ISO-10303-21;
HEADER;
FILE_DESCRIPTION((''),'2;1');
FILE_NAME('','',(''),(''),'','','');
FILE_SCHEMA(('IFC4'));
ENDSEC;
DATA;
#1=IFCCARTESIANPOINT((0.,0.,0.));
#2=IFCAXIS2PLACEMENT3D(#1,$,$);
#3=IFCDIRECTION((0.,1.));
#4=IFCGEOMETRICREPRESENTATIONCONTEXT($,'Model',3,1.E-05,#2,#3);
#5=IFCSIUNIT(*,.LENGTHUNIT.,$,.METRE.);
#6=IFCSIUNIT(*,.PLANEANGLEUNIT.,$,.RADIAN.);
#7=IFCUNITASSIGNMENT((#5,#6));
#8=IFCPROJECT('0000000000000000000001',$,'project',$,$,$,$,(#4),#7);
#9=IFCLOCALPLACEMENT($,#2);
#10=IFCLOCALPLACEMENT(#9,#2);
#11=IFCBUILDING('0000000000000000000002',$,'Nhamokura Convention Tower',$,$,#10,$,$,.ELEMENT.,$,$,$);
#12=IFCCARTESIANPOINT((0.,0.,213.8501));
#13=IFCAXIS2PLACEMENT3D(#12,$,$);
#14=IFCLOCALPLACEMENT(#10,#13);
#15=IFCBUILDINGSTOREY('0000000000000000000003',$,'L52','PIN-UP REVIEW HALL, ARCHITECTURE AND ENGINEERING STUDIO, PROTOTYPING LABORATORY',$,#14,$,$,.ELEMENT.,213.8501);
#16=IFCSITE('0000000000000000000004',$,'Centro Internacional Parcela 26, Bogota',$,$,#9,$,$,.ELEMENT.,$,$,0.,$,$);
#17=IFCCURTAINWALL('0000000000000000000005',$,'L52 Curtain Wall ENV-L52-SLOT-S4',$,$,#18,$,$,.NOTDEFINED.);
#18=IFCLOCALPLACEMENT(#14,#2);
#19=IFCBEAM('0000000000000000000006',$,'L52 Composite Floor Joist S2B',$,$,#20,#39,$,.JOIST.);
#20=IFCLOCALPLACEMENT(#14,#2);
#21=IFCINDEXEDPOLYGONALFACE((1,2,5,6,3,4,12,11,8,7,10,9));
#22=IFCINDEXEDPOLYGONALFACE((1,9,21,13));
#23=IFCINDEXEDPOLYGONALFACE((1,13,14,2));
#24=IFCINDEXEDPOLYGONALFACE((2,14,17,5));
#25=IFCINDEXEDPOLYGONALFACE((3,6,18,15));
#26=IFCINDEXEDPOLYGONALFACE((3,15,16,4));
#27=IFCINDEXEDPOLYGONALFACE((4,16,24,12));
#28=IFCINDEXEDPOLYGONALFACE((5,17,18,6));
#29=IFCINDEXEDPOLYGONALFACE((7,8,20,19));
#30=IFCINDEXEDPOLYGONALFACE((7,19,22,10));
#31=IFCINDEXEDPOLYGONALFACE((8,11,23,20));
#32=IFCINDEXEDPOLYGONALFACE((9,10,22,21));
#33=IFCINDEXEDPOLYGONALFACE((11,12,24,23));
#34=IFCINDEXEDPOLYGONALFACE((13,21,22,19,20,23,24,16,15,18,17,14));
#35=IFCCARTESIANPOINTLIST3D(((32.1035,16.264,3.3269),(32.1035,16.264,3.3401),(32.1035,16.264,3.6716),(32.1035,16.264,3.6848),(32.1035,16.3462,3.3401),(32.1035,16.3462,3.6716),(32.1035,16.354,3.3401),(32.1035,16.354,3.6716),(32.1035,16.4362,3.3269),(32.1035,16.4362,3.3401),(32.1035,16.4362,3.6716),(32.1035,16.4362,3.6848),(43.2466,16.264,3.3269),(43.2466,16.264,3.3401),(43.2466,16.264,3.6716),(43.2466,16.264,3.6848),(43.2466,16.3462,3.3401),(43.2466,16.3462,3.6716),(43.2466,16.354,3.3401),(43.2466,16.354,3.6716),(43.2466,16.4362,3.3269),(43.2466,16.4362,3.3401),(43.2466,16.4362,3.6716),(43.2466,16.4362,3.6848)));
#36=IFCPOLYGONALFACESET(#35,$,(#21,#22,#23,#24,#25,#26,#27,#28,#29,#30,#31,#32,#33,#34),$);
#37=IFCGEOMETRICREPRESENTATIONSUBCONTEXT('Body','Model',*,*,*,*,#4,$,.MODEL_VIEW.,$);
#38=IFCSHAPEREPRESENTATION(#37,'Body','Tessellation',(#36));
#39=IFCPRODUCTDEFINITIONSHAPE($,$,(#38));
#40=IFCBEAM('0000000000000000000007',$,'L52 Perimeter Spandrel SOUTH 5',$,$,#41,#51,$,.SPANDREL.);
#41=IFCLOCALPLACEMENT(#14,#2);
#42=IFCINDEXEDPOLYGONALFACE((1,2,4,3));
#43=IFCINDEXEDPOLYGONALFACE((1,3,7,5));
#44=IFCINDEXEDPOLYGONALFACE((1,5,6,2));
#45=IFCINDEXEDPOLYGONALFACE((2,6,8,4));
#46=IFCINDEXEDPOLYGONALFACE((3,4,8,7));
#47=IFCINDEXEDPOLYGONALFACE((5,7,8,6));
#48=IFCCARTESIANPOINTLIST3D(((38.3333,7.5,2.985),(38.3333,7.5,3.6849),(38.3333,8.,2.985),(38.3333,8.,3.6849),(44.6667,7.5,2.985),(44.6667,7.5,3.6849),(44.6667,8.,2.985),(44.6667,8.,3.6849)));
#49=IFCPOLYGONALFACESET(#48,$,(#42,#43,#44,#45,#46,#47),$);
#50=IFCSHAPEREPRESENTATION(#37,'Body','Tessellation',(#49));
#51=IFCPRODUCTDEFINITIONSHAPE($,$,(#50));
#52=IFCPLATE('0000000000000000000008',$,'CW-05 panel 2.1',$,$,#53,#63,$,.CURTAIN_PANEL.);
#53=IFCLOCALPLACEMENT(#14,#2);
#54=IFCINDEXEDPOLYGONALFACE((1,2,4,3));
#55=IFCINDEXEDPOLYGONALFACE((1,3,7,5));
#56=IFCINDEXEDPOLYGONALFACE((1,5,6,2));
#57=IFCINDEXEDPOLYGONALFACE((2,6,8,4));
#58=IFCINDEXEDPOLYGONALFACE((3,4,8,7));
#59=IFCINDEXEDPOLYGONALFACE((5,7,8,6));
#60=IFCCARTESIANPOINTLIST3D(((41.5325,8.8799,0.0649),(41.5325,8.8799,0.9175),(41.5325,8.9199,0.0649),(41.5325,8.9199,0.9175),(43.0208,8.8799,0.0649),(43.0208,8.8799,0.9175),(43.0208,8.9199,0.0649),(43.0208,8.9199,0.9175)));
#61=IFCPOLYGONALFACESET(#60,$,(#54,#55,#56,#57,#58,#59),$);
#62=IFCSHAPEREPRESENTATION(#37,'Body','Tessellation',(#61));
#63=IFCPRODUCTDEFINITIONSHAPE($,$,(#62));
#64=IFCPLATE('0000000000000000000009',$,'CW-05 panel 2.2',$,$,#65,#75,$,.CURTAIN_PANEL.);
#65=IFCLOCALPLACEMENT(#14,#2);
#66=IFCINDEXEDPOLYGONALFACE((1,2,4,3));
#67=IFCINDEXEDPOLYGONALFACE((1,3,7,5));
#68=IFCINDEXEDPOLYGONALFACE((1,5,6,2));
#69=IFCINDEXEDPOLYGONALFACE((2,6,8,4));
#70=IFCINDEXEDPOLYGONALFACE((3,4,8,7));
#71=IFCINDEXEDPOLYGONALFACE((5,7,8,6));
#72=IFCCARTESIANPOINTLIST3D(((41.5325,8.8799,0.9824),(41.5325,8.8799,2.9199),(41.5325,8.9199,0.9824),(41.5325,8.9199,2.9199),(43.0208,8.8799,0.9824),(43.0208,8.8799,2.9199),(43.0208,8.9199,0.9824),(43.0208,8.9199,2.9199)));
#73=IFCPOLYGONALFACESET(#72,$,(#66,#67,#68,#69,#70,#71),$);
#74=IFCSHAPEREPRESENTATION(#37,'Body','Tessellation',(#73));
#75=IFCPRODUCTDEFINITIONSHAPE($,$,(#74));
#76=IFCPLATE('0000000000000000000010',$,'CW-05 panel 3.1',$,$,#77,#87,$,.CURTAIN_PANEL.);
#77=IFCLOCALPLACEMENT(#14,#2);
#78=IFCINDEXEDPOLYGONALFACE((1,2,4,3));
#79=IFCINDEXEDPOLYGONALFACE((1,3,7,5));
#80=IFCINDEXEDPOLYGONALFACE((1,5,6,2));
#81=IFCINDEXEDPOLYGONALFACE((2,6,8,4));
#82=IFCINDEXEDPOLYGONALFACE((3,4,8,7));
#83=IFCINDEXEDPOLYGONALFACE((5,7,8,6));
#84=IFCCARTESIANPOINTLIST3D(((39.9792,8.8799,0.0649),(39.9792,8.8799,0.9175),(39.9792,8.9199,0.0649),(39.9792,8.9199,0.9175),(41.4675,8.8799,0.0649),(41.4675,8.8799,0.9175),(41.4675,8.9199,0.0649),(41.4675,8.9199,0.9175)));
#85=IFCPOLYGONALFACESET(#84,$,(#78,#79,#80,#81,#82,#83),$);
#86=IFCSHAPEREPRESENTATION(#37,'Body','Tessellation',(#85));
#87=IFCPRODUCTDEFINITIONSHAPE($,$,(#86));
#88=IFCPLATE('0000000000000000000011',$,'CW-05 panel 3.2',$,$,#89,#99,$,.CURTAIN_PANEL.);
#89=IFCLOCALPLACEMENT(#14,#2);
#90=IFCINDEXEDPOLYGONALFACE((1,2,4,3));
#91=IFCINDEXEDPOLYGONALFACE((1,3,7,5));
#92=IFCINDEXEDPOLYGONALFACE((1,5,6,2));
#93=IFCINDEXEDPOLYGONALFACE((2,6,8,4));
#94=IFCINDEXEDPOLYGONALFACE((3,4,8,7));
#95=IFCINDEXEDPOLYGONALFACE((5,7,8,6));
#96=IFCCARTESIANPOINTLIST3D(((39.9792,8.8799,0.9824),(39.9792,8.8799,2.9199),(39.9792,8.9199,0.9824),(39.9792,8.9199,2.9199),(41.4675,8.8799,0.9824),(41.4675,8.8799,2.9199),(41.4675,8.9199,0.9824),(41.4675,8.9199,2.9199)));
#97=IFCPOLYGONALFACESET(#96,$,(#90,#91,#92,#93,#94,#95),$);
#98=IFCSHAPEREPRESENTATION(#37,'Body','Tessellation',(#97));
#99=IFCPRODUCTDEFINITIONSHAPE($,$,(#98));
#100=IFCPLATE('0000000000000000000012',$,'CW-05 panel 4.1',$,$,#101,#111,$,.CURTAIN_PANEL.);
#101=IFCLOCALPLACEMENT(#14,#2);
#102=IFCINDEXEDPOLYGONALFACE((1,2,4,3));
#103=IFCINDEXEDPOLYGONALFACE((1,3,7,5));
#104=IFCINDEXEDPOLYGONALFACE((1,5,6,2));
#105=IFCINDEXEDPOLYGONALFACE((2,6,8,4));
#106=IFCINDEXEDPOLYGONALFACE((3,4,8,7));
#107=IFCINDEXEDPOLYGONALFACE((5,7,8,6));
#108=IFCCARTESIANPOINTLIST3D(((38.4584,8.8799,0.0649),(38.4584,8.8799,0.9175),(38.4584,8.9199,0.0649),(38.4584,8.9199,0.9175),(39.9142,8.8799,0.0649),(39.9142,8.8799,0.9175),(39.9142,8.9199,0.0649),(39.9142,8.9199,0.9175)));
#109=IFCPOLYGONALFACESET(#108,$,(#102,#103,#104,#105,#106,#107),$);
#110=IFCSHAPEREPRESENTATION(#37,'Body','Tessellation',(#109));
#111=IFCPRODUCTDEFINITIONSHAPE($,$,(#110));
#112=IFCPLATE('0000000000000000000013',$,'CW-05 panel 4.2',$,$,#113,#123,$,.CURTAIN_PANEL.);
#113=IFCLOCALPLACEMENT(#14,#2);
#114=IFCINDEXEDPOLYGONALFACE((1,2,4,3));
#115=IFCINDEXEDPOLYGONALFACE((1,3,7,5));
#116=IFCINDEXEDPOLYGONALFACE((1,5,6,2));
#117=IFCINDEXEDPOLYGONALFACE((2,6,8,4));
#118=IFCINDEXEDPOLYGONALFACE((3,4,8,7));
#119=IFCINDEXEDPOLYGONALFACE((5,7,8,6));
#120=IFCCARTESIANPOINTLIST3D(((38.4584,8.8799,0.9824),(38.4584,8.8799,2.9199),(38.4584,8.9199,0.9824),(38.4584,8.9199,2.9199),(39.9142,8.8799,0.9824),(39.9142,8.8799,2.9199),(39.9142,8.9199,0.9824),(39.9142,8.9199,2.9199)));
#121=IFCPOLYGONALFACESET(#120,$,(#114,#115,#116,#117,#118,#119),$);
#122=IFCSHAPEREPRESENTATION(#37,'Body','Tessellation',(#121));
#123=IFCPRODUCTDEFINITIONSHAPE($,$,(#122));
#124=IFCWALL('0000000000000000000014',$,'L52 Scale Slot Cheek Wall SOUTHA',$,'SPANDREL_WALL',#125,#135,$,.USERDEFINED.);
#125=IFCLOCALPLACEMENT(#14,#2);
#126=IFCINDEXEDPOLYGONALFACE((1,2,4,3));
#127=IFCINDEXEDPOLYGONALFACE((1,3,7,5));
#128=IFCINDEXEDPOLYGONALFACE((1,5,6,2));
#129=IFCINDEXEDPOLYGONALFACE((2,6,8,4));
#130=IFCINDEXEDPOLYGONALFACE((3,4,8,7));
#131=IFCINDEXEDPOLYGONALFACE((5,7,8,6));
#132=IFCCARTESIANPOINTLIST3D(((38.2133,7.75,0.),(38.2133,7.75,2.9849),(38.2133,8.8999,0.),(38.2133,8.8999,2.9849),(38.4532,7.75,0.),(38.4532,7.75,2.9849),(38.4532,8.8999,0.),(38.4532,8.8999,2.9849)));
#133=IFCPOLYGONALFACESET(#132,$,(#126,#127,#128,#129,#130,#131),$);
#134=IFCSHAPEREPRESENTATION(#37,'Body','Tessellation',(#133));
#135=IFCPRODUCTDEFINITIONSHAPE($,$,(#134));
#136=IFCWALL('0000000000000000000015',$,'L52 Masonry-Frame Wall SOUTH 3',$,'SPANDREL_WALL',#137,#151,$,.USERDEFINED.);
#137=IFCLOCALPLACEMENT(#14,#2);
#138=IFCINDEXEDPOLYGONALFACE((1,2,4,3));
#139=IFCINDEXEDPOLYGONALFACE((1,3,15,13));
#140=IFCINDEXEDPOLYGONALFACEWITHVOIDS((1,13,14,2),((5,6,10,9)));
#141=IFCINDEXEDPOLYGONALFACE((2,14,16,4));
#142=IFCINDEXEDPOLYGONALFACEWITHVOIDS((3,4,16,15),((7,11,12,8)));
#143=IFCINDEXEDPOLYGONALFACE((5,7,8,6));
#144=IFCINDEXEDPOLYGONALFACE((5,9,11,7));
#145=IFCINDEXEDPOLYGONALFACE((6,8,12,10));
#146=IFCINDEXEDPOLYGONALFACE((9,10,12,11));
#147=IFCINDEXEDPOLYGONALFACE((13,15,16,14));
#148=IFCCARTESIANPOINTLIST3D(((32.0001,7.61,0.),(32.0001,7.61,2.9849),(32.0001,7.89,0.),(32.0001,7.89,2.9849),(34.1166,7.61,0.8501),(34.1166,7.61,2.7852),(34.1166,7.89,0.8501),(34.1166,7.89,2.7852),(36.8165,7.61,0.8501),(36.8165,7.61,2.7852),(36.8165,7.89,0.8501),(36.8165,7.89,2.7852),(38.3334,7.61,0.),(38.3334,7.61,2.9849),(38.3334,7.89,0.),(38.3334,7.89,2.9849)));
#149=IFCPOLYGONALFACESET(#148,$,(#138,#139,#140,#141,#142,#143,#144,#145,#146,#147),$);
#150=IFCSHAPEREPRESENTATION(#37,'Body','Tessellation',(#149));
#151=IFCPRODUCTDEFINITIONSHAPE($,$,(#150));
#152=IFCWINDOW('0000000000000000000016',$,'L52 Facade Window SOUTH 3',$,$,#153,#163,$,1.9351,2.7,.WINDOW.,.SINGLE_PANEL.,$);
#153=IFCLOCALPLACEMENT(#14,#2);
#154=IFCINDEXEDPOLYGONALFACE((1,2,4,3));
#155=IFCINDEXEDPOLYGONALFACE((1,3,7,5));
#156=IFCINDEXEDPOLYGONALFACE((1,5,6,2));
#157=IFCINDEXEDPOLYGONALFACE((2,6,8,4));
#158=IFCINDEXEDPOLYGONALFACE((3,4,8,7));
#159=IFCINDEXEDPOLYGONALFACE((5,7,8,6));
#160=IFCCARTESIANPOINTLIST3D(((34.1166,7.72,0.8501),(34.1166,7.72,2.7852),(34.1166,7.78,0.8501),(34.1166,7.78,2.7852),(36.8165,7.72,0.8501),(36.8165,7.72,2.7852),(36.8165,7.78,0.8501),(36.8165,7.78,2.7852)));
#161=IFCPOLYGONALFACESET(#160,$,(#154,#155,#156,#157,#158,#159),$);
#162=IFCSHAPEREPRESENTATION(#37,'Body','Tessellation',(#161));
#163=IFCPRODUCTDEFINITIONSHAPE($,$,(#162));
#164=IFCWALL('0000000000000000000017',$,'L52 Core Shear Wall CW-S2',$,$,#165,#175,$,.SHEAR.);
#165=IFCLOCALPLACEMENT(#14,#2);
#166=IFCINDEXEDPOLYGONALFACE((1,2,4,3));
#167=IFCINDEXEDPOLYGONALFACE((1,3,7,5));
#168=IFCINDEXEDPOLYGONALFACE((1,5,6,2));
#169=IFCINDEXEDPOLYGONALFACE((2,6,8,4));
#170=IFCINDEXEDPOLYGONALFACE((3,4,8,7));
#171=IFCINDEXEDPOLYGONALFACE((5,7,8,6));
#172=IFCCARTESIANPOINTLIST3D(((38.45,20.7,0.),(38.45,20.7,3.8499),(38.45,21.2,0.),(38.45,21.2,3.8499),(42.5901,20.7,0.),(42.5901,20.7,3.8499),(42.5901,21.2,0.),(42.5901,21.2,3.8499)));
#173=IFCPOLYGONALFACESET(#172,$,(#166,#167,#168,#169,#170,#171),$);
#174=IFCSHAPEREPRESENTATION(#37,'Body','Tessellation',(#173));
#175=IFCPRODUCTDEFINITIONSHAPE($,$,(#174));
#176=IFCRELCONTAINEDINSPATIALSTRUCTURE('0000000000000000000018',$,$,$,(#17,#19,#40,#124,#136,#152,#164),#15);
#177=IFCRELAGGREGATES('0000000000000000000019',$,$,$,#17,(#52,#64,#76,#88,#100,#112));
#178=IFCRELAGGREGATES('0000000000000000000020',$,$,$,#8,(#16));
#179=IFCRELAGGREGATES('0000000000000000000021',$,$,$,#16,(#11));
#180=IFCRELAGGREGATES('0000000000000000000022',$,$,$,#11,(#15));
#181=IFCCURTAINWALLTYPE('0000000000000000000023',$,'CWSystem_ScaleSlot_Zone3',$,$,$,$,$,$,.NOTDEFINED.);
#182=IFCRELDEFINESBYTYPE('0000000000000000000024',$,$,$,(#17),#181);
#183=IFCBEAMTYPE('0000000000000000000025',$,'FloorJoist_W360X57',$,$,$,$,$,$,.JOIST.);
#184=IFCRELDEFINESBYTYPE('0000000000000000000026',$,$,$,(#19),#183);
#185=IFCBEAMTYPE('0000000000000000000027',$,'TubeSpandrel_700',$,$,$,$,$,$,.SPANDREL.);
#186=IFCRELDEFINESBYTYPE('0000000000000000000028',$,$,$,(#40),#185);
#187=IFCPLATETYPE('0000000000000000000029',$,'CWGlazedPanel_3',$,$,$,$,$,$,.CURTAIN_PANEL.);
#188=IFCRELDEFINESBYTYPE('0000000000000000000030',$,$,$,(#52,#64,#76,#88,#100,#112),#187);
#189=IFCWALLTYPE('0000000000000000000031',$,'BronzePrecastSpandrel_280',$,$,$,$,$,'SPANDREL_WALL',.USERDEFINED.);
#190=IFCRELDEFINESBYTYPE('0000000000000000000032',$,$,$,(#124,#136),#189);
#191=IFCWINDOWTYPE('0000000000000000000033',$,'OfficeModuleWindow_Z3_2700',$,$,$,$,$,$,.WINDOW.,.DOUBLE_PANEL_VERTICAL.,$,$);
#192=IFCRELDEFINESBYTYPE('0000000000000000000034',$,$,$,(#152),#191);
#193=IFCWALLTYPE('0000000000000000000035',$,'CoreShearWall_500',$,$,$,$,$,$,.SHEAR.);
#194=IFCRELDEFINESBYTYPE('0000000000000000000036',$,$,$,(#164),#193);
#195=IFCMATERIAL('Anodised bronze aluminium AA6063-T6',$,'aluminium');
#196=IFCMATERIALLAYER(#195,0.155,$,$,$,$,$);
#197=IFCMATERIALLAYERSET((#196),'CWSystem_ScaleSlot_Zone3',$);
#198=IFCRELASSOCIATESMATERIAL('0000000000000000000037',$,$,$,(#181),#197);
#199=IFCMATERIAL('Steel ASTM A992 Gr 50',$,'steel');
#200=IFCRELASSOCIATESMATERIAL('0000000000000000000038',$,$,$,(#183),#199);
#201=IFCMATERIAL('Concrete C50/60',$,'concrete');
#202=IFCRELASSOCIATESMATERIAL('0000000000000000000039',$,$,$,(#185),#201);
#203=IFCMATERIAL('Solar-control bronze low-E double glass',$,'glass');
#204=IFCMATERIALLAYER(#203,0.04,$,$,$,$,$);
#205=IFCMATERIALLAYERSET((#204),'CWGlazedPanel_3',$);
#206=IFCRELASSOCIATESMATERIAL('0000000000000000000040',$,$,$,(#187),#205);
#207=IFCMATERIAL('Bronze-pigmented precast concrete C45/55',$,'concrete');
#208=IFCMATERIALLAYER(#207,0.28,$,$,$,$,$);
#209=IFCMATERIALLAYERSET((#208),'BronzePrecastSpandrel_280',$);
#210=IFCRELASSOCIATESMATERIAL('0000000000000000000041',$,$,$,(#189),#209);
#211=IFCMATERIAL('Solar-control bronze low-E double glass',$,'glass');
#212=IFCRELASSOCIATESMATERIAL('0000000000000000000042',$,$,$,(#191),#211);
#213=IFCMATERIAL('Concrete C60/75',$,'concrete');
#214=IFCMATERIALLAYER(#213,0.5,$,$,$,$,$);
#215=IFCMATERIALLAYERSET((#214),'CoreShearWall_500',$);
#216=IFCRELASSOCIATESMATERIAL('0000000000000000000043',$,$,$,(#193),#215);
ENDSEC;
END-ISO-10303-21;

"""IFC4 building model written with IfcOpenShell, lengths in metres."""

from ifc_helpers import new_model, si_unit, direction, frame, frame_2d, origin, origin_2d, place, context, subcontext, project, spatial, rectangle, i_section, extrude, material, layer, layer_set, material_profile, profile_set, type_object, element, fill, aggregate, save


model = new_model("IFC4")

# Units and contexts
model_context = context("Model", 3, precision=1e-05, world=origin(), true_north=direction((0.0, 1.0)))
body_context = subcontext(model_context, "Body", "Model", "MODEL_VIEW")
ifc_project = project(units=[si_unit("LENGTHUNIT", "METRE"), si_unit("PLANEANGLEUNIT", "RADIAN")], contexts=[model_context])

# Site, building, storey
site_placement = place(None, origin())
site = spatial("IfcSite", under=ifc_project, at=site_placement, Name="Centro Internacional Parcela 26, Bogota", CompositionType="ELEMENT", RefElevation=0.0)
building_placement = place(site_placement, origin())
building = spatial("IfcBuilding", under=site, at=building_placement, Name="Nhamokura Convention Tower", CompositionType="ELEMENT")
storey_placement = place(building_placement, frame((0.0, 0.0, 213.8501)))
storey = spatial("IfcBuildingStorey", under=building, at=storey_placement, Name="L52", Description="PIN-UP REVIEW HALL, ARCHITECTURE AND ENGINEERING STUDIO, PROTOTYPING LABORATORY", CompositionType="ELEMENT", Elevation=213.8501)

# Curtain wall
ifc_material_1 = material(Name="Anodised bronze aluminium AA6063-T6", Category="aluminium")
ifc_layer_1 = layer(ifc_material_1, 0.155)
ifc_layer_set_1 = layer_set([ifc_layer_1], Name="CWSystem_ScaleSlot_Zone3")
curtain_wall_type = type_object("IfcCurtainWallType", Name="CWSystem_ScaleSlot_Zone3", PredefinedType="NOTDEFINED", material=ifc_layer_set_1)
curtain_wall_placement = place(storey_placement, origin())
curtain_wall = element("IfcCurtainWall", 1, at=curtain_wall_placement, inside=storey, type_object=curtain_wall_type, Name="L52 Curtain Wall ENV-L52-SLOT-S4", PredefinedType="NOTDEFINED")

# Beams
ifc_material_2 = material(Name="Steel ASTM A992 Gr 50", Category="steel")
ifc_material_profile_1 = material_profile(ifc_material_2, i_section(OverallWidth=0.1721, OverallDepth=0.3579, WebThickness=0.0078, FlangeThickness=0.0132, at=origin_2d()))
ifc_profile_set_1 = profile_set([ifc_material_profile_1], Name="Steel ASTM A992 Gr 50")
beam_type_1 = type_object("IfcBeamType", Name="FloorJoist_W360X57", PredefinedType="JOIST", material=ifc_profile_set_1)
beam_1_placement = place(storey_placement, frame((32.1035, 16.3501, 3.5059), z_axis=(1.0, 0.0, 0.0), x_axis=(0.0, 1.0, 0.0)))
element("IfcBeam", 2, at=beam_1_placement, inside=storey, type_object=beam_type_1, Name="L52 Composite Floor Joist S2B", PredefinedType="JOIST", context=body_context, shape_type="SweptSolid", body=[
    extrude(i_section(OverallWidth=0.1721, OverallDepth=0.3579, WebThickness=0.0078, FlangeThickness=0.0132, at=origin_2d()), origin(), (0.0, 0.0, 1.0), 11.1431),
])
ifc_material_3 = material(Name="Concrete C50/60", Category="concrete")
ifc_material_profile_2 = material_profile(ifc_material_3, rectangle(XDim=0.5, YDim=0.7, at=origin_2d()))
ifc_profile_set_2 = profile_set([ifc_material_profile_2], Name="Concrete C50/60")
beam_type_2 = type_object("IfcBeamType", Name="TubeSpandrel_700", PredefinedType="SPANDREL", material=ifc_profile_set_2)
beam_2_placement = place(storey_placement, frame((38.3333, 7.75, 3.335), z_axis=(1.0, 0.0, 0.0), x_axis=(0.0, 1.0, 0.0)))
element("IfcBeam", 3, at=beam_2_placement, inside=storey, type_object=beam_type_2, Name="L52 Perimeter Spandrel SOUTH 5", PredefinedType="SPANDREL", context=body_context, shape_type="SweptSolid", body=[
    extrude(rectangle(XDim=0.5, YDim=0.7, at=origin_2d()), origin(), (0.0, 0.0, 1.0), 6.3335),
])

# Plates
ifc_material_4 = material(Name="Solar-control bronze low-E double glass", Category="glass")
ifc_layer_2 = layer(ifc_material_4, 0.04)
ifc_layer_set_2 = layer_set([ifc_layer_2], Name="CWGlazedPanel_3")
plate_type = type_object("IfcPlateType", Name="CWGlazedPanel_3", PredefinedType="CURTAIN_PANEL", material=ifc_layer_set_2)
plate_1_placement = place(storey_placement, frame((42.2766, 8.8999, 0.0649), z_axis=(0.0, 0.0, 1.0), x_axis=(-1.0, 0.0, 0.0)))
plate_1 = element("IfcPlate", 4, at=plate_1_placement, type_object=plate_type, Name="CW-05 panel 2.1", PredefinedType="CURTAIN_PANEL", context=body_context, shape_type="SweptSolid", body=[
    extrude(rectangle(XDim=1.4883, YDim=0.04, at=origin_2d()), origin(), (0.0, 0.0, 1.0), 0.8525),
])
plate_2_placement = place(storey_placement, frame((42.2766, 8.8999, 0.9824), z_axis=(0.0, 0.0, 1.0), x_axis=(-1.0, 0.0, 0.0)))
plate_2 = element("IfcPlate", 5, at=plate_2_placement, type_object=plate_type, Name="CW-05 panel 2.2", PredefinedType="CURTAIN_PANEL", context=body_context, shape_type="SweptSolid", body=[
    extrude(rectangle(XDim=1.4883, YDim=0.04, at=origin_2d()), origin(), (0.0, 0.0, 1.0), 1.9375),
])
plate_3_placement = place(storey_placement, frame((40.7234, 8.8999, 0.0649), z_axis=(0.0, 0.0, 1.0), x_axis=(-1.0, 0.0, 0.0)))
plate_3 = element("IfcPlate", 6, at=plate_3_placement, type_object=plate_type, Name="CW-05 panel 3.1", PredefinedType="CURTAIN_PANEL", context=body_context, shape_type="SweptSolid", body=[
    extrude(rectangle(XDim=1.4883, YDim=0.04, at=origin_2d()), origin(), (0.0, 0.0, 1.0), 0.8525),
])
plate_4_placement = place(storey_placement, frame((40.7234, 8.8999, 0.9824), z_axis=(0.0, 0.0, 1.0), x_axis=(-1.0, 0.0, 0.0)))
plate_4 = element("IfcPlate", 7, at=plate_4_placement, type_object=plate_type, Name="CW-05 panel 3.2", PredefinedType="CURTAIN_PANEL", context=body_context, shape_type="SweptSolid", body=[
    extrude(rectangle(XDim=1.4883, YDim=0.04, at=origin_2d()), origin(), (0.0, 0.0, 1.0), 1.9375),
])
plate_5_placement = place(storey_placement, frame((39.1863, 8.8999, 0.0649), z_axis=(0.0, 0.0, 1.0), x_axis=(-1.0, 0.0, 0.0)))
plate_5 = element("IfcPlate", 8, at=plate_5_placement, type_object=plate_type, Name="CW-05 panel 4.1", PredefinedType="CURTAIN_PANEL", context=body_context, shape_type="SweptSolid", body=[
    extrude(rectangle(XDim=1.4558, YDim=0.04, at=origin_2d()), origin(), (0.0, 0.0, 1.0), 0.8525),
])
plate_6_placement = place(storey_placement, frame((39.1863, 8.8999, 0.9824), z_axis=(0.0, 0.0, 1.0), x_axis=(-1.0, 0.0, 0.0)))
plate_6 = element("IfcPlate", 9, at=plate_6_placement, type_object=plate_type, Name="CW-05 panel 4.2", PredefinedType="CURTAIN_PANEL", context=body_context, shape_type="SweptSolid", body=[
    extrude(rectangle(XDim=1.4558, YDim=0.04, at=origin_2d()), origin(), (0.0, 0.0, 1.0), 1.9375),
])
aggregate(curtain_wall, [plate_1, plate_2, plate_3, plate_4, plate_5, plate_6])

# Wall
ifc_material_5 = material(Name="Bronze-pigmented precast concrete C45/55", Category="concrete")
ifc_layer_3 = layer(ifc_material_5, 0.28)
ifc_layer_set_3 = layer_set([ifc_layer_3], Name="BronzePrecastSpandrel_280")
wall_type_1 = type_object("IfcWallType", Name="BronzePrecastSpandrel_280", ElementType="SPANDREL_WALL", PredefinedType="USERDEFINED", material=ifc_layer_set_3)
wall_1_placement = place(storey_placement, frame((38.3333, 7.75, 0.0), z_axis=(0.0, 0.0, 1.0), x_axis=(0.0, 1.0, 0.0)))
element("IfcWall", 10, at=wall_1_placement, inside=storey, type_object=wall_type_1, Name="L52 Scale Slot Cheek Wall SOUTHA", ObjectType="SPANDREL_WALL", PredefinedType="USERDEFINED", context=body_context, shape_type="SweptSolid", body=[
    extrude(rectangle(XDim=1.1499, YDim=0.24, at=frame_2d((0.575, 0.0))), origin(), (0.0, 0.0, 1.0), 2.9849),
])

# Wall, opening, window
wall_2_placement = place(storey_placement, frame((38.3333, 7.75, 0.0), z_axis=(0.0, 0.0, 1.0), x_axis=(-1.0, 0.0, 0.0)))
wall_2 = element("IfcWall", 11, at=wall_2_placement, inside=storey, type_object=wall_type_1, Name="L52 Masonry-Frame Wall SOUTH 3", ObjectType="SPANDREL_WALL", PredefinedType="USERDEFINED", context=body_context, shape_type="SweptSolid", body=[
    extrude(rectangle(XDim=6.3333, YDim=0.28, at=frame_2d((3.1665, 0.0))), origin(), (0.0, 0.0, 1.0), 2.9849),
])
opening_1_placement = place(wall_2_placement, frame((1.5166, 0.0, 0.8501)))
opening_1 = element("IfcOpeningElement", 12, at=opening_1_placement, cuts=wall_2, PredefinedType="OPENING", context=body_context, shape_type="SweptSolid", body=[
    extrude(rectangle(XDim=2.7, YDim=1.9351, at=frame_2d((1.3501, 0.9675))), frame((0.0, 0.1499, 0.0), z_axis=(0.0, -1.0, 0.0), x_axis=(1.0, 0.0, 0.0)), (0.0, 0.0, 1.0), 0.3),
])
ifc_material_6 = material(Name="Solar-control bronze low-E double glass", Category="glass")
window_type = type_object("IfcWindowType", Name="OfficeModuleWindow_Z3_2700", PartitioningType="DOUBLE_PANEL_VERTICAL", PredefinedType="WINDOW", material=ifc_material_6)
window_placement = place(opening_1_placement, origin())
window = element("IfcWindow", 13, at=window_placement, inside=storey, type_object=window_type, Name="L52 Facade Window SOUTH 3", OverallHeight=1.9351, OverallWidth=2.7, PartitioningType="SINGLE_PANEL", PredefinedType="WINDOW", context=body_context, shape_type="SweptSolid", body=[
    extrude(rectangle(XDim=2.7, YDim=1.9351, at=frame_2d((1.3501, 0.9675))), frame((0.0, 0.03, 0.0), z_axis=(0.0, -1.0, 0.0), x_axis=(1.0, 0.0, 0.0)), (0.0, 0.0, 1.0), 0.0601),
])
fill(opening_1, window)

# Shared definitions
ifc_material_7 = material(Name="Concrete C60/75", Category="concrete")
ifc_layer_4 = layer(ifc_material_7, 0.5)
ifc_layer_set_4 = layer_set([ifc_layer_4], Name="CoreShearWall_500")
wall_type_2 = type_object("IfcWallType", Name="CoreShearWall_500", PredefinedType="SHEAR", material=ifc_layer_set_4)

# Wall
wall_3_placement = place(storey_placement, frame((38.45, 20.95, 0.0), z_axis=(0.0, 0.0, 1.0), x_axis=(1.0, 0.0, 0.0)))
element("IfcWall", 14, at=wall_3_placement, inside=storey, type_object=wall_type_2, Name="L52 Core Shear Wall CW-S2", PredefinedType="SHEAR", context=body_context, shape_type="SweptSolid", body=[
    extrude(rectangle(XDim=4.1401, YDim=0.5, at=frame_2d((2.0701, 0.0))), origin(), (0.0, 0.0, 1.0), 3.8499),
])

save(model, "model.ifc")
